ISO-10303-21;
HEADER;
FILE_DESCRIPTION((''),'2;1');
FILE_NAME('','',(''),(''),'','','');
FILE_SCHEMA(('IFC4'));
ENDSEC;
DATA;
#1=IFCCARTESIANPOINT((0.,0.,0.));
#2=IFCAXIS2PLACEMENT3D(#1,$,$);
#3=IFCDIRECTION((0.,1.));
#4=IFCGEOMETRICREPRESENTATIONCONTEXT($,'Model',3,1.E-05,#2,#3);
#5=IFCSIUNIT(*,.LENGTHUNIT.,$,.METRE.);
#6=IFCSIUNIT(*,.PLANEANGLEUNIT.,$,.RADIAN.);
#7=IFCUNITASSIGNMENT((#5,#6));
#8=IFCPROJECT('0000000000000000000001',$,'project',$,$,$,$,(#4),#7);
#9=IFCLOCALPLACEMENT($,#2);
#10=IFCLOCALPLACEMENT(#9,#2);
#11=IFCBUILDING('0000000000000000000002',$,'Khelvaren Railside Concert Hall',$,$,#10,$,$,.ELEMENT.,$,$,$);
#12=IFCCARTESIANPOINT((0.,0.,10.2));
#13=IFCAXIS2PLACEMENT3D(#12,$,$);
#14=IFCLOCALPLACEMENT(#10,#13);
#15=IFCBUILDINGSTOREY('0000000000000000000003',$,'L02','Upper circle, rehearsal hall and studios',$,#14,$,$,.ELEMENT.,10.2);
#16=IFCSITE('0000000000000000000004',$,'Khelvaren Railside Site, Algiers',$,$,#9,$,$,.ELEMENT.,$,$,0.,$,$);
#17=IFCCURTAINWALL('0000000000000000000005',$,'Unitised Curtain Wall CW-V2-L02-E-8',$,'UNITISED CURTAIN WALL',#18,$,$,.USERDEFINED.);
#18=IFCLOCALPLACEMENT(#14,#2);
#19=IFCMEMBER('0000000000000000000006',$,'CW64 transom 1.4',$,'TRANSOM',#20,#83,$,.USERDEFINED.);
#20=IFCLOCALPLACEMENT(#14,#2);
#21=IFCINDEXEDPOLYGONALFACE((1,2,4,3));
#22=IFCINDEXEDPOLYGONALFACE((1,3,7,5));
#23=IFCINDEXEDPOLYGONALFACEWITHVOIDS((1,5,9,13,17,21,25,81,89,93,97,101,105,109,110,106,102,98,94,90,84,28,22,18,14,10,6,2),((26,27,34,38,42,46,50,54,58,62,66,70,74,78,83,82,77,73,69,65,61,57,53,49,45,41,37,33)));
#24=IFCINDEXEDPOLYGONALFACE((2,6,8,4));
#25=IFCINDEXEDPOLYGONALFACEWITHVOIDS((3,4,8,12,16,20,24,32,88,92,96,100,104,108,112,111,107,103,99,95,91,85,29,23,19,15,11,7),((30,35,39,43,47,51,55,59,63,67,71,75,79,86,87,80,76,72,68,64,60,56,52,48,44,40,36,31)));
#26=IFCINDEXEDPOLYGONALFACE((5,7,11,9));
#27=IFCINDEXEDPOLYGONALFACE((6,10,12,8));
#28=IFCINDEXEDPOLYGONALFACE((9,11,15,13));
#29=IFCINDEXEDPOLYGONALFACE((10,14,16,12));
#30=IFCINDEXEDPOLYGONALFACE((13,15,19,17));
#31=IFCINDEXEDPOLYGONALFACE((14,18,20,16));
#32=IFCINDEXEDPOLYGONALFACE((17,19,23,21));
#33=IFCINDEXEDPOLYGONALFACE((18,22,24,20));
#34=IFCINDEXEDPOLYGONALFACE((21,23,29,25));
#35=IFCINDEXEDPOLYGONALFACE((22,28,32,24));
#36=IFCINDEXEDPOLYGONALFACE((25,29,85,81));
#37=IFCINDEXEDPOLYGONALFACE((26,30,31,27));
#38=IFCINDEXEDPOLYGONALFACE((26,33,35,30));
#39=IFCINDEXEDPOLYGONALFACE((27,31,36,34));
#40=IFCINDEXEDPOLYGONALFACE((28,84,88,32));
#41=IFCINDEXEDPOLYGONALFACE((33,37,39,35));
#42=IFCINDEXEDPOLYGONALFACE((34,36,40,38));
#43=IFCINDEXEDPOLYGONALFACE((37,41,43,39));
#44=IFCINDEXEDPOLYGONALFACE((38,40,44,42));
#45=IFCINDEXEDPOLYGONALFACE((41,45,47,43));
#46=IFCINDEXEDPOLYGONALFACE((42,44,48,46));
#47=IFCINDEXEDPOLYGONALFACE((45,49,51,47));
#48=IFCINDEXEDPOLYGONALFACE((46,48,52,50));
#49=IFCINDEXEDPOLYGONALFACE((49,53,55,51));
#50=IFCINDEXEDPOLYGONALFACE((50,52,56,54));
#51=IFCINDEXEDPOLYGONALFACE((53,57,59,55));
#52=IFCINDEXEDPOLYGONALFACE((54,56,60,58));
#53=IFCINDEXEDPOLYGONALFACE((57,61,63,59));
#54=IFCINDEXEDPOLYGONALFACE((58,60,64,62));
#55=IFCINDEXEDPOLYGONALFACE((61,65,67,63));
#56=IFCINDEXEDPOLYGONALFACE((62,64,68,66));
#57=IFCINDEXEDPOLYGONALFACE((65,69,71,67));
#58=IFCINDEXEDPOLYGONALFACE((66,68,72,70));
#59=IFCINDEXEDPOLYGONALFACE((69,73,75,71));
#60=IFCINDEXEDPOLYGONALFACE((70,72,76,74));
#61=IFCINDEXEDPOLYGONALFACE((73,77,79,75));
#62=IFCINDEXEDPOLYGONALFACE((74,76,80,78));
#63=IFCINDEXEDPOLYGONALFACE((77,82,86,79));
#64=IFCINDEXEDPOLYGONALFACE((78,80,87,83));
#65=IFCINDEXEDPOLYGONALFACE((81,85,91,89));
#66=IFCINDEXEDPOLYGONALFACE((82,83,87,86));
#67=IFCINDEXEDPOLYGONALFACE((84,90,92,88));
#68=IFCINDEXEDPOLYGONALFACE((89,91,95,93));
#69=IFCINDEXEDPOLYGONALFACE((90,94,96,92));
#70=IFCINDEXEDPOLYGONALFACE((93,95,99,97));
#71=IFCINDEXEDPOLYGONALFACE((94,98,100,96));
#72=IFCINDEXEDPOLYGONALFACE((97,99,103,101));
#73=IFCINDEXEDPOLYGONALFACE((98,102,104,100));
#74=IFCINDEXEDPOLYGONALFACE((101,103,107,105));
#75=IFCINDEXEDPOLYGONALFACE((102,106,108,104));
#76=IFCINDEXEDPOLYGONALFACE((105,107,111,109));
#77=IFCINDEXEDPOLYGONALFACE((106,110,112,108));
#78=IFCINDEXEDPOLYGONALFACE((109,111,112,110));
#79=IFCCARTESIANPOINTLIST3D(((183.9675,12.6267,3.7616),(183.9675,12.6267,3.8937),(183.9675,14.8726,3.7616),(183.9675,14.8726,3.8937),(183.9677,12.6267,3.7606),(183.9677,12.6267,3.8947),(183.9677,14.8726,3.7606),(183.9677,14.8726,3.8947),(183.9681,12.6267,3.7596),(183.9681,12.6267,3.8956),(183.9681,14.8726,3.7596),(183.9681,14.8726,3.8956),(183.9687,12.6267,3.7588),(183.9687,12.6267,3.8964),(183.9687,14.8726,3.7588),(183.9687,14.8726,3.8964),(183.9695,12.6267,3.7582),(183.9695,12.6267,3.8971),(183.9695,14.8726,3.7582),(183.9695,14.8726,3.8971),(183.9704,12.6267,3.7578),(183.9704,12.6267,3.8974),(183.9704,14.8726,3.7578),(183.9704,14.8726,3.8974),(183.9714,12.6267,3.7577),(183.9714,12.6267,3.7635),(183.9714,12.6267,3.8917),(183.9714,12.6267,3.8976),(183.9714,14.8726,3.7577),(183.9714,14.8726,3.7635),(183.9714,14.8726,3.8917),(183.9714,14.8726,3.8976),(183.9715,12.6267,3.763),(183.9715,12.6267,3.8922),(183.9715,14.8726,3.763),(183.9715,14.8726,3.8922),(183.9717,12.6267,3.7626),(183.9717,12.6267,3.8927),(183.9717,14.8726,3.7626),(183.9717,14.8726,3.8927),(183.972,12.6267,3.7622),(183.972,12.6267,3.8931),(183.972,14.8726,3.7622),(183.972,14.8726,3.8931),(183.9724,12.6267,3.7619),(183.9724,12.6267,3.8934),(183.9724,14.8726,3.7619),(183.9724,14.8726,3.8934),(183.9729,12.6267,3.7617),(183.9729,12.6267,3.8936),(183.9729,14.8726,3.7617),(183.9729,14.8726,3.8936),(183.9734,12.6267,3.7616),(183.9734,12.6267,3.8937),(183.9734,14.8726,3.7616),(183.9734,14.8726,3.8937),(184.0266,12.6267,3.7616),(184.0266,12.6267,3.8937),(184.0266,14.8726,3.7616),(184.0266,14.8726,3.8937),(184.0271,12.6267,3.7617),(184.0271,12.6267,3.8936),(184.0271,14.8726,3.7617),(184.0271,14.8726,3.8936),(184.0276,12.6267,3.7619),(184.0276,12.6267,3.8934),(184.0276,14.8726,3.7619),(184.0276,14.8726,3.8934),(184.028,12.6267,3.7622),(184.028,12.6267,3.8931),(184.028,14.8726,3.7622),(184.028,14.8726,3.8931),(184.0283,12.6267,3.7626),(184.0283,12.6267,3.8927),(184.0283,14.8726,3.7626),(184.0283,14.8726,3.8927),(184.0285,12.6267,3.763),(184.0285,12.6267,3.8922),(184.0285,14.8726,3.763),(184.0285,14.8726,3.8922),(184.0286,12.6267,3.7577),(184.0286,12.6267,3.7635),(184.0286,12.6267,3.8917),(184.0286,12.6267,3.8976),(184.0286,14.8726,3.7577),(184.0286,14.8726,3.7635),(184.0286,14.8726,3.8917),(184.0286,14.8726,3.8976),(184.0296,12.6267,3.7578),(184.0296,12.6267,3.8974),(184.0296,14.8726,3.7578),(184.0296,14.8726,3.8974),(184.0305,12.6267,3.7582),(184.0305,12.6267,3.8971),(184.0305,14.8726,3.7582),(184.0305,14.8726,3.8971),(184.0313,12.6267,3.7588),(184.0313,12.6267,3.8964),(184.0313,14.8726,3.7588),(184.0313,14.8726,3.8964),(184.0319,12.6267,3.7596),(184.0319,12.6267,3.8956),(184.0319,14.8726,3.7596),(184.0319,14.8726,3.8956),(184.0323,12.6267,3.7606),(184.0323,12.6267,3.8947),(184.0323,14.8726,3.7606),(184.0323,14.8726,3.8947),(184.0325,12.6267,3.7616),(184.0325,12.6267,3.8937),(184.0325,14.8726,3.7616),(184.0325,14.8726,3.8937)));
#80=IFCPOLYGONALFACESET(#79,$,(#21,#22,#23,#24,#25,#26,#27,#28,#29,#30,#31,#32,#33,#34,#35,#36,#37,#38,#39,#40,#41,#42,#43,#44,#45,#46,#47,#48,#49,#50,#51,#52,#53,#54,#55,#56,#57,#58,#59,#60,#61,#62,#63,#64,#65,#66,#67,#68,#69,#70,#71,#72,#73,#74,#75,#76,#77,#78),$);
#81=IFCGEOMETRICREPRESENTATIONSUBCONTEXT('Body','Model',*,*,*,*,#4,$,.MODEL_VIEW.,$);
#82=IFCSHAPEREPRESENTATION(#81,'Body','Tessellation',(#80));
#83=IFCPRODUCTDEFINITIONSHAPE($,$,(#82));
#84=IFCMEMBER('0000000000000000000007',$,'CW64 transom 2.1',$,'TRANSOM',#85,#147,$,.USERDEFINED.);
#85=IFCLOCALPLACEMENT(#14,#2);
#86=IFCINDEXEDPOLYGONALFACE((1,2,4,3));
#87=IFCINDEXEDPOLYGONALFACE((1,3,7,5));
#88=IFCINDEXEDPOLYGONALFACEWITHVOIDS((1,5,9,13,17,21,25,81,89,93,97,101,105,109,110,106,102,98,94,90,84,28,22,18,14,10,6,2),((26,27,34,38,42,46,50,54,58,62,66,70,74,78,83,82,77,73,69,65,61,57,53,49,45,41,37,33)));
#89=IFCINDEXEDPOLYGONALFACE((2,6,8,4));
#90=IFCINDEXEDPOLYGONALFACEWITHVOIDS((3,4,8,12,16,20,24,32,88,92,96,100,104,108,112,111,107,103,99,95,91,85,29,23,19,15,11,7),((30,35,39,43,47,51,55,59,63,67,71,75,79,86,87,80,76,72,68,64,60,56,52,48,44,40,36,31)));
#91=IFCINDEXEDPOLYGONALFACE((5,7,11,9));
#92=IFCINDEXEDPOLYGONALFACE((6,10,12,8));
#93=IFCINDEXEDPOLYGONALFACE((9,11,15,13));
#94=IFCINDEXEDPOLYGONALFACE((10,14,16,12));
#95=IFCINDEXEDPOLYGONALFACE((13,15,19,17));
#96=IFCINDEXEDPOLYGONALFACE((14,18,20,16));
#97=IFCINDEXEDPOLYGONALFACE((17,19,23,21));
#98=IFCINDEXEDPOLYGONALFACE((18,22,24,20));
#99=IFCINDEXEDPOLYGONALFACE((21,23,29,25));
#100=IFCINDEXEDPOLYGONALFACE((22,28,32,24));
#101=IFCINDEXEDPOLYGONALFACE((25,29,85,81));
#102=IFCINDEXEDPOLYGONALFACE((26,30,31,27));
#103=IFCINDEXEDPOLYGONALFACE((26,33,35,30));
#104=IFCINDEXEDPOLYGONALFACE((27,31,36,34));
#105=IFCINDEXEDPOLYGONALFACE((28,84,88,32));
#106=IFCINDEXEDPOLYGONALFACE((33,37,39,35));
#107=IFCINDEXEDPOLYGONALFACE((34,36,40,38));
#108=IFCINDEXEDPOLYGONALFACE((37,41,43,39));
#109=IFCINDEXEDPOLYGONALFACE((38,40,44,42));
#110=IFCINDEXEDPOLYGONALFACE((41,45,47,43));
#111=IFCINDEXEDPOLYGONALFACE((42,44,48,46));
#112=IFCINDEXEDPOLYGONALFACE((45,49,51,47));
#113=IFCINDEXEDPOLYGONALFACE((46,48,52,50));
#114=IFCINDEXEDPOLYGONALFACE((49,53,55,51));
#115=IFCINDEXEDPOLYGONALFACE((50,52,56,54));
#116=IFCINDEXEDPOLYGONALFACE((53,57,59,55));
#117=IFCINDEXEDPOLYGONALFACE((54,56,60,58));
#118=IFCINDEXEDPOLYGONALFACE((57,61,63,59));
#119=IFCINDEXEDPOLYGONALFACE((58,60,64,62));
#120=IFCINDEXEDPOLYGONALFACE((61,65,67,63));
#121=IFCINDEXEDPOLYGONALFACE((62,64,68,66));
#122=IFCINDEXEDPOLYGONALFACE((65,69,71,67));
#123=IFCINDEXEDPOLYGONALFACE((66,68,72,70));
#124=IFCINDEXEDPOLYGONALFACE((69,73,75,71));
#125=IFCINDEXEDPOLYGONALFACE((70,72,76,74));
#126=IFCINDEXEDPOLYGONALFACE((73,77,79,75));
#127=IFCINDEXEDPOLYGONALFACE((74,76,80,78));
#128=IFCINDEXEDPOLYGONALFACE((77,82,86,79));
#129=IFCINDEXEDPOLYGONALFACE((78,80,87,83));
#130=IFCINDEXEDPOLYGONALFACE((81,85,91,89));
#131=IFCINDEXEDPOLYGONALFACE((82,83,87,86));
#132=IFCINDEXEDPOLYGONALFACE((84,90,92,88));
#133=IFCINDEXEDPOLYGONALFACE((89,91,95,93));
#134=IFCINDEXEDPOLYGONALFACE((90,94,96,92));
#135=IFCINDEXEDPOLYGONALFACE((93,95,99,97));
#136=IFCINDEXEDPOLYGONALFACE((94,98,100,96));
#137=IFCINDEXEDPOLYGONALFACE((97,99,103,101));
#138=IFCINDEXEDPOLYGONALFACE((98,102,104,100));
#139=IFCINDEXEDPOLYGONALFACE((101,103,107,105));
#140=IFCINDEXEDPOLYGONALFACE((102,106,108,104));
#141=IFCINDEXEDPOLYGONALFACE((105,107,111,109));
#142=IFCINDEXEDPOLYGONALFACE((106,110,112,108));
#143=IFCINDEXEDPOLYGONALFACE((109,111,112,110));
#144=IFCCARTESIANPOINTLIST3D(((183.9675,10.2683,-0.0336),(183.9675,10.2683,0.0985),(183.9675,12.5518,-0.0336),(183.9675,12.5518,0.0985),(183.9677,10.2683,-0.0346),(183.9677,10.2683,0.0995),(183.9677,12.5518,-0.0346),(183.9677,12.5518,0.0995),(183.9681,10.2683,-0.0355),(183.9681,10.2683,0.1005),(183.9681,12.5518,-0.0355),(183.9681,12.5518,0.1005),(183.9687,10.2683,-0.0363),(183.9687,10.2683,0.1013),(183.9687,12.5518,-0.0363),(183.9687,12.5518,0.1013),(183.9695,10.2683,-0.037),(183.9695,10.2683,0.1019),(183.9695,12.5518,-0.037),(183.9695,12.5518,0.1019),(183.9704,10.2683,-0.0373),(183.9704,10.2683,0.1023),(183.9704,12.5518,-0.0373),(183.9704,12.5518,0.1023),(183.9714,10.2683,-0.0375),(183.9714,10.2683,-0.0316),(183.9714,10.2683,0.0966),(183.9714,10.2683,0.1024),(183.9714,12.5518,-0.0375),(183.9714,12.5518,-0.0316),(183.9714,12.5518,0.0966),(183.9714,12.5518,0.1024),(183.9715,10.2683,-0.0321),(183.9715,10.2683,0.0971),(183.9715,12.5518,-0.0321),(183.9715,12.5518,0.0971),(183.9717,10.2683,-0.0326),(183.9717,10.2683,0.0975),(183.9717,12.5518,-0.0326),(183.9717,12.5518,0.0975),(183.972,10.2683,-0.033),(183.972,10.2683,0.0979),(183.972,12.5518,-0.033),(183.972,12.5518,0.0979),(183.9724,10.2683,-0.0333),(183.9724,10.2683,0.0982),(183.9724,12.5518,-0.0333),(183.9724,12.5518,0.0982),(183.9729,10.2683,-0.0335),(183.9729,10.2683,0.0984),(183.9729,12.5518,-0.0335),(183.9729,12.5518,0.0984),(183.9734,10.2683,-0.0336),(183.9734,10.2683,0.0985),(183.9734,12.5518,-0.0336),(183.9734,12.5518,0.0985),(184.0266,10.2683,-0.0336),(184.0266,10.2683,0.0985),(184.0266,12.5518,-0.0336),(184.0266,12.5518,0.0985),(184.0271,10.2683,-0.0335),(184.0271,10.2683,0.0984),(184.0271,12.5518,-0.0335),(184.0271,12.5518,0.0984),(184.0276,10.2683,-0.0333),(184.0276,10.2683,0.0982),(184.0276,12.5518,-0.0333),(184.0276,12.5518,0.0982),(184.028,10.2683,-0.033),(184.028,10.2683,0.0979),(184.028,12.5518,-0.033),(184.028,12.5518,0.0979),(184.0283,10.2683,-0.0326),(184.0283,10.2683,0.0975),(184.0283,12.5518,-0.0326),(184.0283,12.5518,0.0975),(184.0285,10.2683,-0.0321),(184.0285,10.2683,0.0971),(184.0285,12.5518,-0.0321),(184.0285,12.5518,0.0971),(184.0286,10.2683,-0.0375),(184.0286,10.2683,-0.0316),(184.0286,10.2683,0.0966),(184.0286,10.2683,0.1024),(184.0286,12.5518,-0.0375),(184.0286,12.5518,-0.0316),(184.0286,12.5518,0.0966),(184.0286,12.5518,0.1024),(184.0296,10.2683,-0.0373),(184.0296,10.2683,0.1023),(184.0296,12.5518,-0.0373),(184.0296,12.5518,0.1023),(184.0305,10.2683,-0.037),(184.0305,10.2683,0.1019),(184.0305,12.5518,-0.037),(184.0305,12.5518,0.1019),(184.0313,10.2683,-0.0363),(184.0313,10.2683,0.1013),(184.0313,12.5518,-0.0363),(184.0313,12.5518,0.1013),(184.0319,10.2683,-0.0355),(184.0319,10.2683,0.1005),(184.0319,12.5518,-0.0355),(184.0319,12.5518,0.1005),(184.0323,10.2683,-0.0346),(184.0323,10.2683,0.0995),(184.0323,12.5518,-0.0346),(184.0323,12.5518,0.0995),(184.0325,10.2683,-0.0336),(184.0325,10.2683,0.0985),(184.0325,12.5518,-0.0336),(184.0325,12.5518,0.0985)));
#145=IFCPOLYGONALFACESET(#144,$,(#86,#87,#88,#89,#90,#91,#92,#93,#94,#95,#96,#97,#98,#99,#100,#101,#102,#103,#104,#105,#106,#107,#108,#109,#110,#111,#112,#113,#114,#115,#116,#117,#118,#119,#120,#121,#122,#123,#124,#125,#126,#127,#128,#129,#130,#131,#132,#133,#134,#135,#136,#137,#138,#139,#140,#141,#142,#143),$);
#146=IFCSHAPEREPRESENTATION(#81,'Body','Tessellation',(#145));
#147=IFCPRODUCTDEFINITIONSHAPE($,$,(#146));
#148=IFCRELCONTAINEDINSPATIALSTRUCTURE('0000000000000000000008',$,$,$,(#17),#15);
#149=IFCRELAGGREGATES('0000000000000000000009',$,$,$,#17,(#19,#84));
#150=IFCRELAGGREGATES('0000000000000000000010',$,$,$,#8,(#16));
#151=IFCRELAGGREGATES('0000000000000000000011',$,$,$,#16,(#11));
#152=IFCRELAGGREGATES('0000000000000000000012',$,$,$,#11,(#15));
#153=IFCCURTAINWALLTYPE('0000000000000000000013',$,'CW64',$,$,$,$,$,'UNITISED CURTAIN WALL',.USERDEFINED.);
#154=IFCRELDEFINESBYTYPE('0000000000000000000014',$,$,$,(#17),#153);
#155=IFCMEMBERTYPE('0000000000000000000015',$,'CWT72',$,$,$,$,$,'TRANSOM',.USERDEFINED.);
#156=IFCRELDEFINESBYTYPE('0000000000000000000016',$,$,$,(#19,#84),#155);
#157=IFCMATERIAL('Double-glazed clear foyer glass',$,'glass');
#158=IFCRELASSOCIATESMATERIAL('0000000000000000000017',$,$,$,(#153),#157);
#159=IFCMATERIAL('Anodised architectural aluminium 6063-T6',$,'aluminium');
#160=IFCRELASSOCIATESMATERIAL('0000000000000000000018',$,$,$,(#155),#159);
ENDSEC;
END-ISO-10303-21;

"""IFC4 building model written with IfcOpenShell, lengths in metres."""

from ifc_helpers import new_model, si_unit, direction, frame, origin, origin_2d, place, context, subcontext, project, spatial, hollow_rectangle, extrude, material, material_profile, profile_set, type_object, element, aggregate, save


model = new_model("IFC4")

# Units and contexts
model_context = context("Model", 3, precision=1e-05, world=origin(), true_north=direction((0.0, 1.0)))
body_context = subcontext(model_context, "Body", "Model", "MODEL_VIEW")
ifc_project = project(units=[si_unit("LENGTHUNIT", "METRE"), si_unit("PLANEANGLEUNIT", "RADIAN")], contexts=[model_context])

# Site, building, storey
site_placement = place(None, origin())
site = spatial("IfcSite", under=ifc_project, at=site_placement, Name="Khelvaren Railside Site, Algiers", CompositionType="ELEMENT", RefElevation=0.0)
building_placement = place(site_placement, origin())
building = spatial("IfcBuilding", under=site, at=building_placement, Name="Khelvaren Railside Concert Hall", CompositionType="ELEMENT")
storey_placement = place(building_placement, frame((0.0, 0.0, 10.2)))
storey = spatial("IfcBuildingStorey", under=building, at=storey_placement, Name="L02", Description="Upper circle, rehearsal hall and studios", CompositionType="ELEMENT", Elevation=10.2)

# Curtain wall
ifc_material_1 = material(Name="Double-glazed clear foyer glass", Category="glass")
curtain_wall_type_1 = type_object("IfcCurtainWallType", Name="CW64", ElementType="UNITISED CURTAIN WALL", PredefinedType="USERDEFINED", material=ifc_material_1)
curtain_wall_1_placement = place(storey_placement, origin())
curtain_wall_1 = element("IfcCurtainWall", 1, at=curtain_wall_1_placement, inside=storey, type_object=curtain_wall_type_1, Name="Unitised Curtain Wall CW-V2-L02-E-8", ObjectType="UNITISED CURTAIN WALL", PredefinedType="USERDEFINED")
ifc_material_2 = material(Name="Anodised architectural aluminium 6063-T6", Category="aluminium")

# Members
ifc_material_profile_1 = material_profile(ifc_material_2, hollow_rectangle(XDim=0.0649, YDim=0.1399, WallThickness=0.0039, InnerFilletRadius=0.002, OuterFilletRadius=0.0039, at=origin_2d()), Name="CWT 65x140x4")
ifc_profile_set_1 = profile_set([ifc_material_profile_1], Name="Anodised architectural aluminium 6063-T6")
member_type_1 = type_object("IfcMemberType", Name="CWT72", ElementType="TRANSOM", PredefinedType="USERDEFINED", material=ifc_profile_set_1)
member_1_placement = place(storey_placement, frame((184.0, 14.8726, 3.8276), z_axis=(0.0, -1.0, 0.0), x_axis=(1.0, 0.0, 0.0)))
member_1 = element("IfcMember", 2, at=member_1_placement, type_object=member_type_1, Name="CW64 transom 1.4", ObjectType="TRANSOM", PredefinedType="USERDEFINED", context=body_context, shape_type="SweptSolid", body=[
    extrude(hollow_rectangle(XDim=0.0649, YDim=0.1399, WallThickness=0.0039, InnerFilletRadius=0.002, OuterFilletRadius=0.0039, at=origin_2d()), origin(), (0.0, 0.0, 1.0), 2.2458),
])
member_2_placement = place(storey_placement, frame((184.0, 12.5518, 0.0325), z_axis=(0.0, -1.0, 0.0), x_axis=(1.0, 0.0, 0.0)))
member_2 = element("IfcMember", 3, at=member_2_placement, type_object=member_type_1, Name="CW64 transom 2.1", ObjectType="TRANSOM", PredefinedType="USERDEFINED", context=body_context, shape_type="SweptSolid", body=[
    extrude(hollow_rectangle(XDim=0.0649, YDim=0.1399, WallThickness=0.0039, InnerFilletRadius=0.002, OuterFilletRadius=0.0039, at=origin_2d()), origin(), (0.0, 0.0, 1.0), 2.2834),
])

aggregate(curtain_wall_1, [member_1, member_2])

save(model, "model.ifc")
